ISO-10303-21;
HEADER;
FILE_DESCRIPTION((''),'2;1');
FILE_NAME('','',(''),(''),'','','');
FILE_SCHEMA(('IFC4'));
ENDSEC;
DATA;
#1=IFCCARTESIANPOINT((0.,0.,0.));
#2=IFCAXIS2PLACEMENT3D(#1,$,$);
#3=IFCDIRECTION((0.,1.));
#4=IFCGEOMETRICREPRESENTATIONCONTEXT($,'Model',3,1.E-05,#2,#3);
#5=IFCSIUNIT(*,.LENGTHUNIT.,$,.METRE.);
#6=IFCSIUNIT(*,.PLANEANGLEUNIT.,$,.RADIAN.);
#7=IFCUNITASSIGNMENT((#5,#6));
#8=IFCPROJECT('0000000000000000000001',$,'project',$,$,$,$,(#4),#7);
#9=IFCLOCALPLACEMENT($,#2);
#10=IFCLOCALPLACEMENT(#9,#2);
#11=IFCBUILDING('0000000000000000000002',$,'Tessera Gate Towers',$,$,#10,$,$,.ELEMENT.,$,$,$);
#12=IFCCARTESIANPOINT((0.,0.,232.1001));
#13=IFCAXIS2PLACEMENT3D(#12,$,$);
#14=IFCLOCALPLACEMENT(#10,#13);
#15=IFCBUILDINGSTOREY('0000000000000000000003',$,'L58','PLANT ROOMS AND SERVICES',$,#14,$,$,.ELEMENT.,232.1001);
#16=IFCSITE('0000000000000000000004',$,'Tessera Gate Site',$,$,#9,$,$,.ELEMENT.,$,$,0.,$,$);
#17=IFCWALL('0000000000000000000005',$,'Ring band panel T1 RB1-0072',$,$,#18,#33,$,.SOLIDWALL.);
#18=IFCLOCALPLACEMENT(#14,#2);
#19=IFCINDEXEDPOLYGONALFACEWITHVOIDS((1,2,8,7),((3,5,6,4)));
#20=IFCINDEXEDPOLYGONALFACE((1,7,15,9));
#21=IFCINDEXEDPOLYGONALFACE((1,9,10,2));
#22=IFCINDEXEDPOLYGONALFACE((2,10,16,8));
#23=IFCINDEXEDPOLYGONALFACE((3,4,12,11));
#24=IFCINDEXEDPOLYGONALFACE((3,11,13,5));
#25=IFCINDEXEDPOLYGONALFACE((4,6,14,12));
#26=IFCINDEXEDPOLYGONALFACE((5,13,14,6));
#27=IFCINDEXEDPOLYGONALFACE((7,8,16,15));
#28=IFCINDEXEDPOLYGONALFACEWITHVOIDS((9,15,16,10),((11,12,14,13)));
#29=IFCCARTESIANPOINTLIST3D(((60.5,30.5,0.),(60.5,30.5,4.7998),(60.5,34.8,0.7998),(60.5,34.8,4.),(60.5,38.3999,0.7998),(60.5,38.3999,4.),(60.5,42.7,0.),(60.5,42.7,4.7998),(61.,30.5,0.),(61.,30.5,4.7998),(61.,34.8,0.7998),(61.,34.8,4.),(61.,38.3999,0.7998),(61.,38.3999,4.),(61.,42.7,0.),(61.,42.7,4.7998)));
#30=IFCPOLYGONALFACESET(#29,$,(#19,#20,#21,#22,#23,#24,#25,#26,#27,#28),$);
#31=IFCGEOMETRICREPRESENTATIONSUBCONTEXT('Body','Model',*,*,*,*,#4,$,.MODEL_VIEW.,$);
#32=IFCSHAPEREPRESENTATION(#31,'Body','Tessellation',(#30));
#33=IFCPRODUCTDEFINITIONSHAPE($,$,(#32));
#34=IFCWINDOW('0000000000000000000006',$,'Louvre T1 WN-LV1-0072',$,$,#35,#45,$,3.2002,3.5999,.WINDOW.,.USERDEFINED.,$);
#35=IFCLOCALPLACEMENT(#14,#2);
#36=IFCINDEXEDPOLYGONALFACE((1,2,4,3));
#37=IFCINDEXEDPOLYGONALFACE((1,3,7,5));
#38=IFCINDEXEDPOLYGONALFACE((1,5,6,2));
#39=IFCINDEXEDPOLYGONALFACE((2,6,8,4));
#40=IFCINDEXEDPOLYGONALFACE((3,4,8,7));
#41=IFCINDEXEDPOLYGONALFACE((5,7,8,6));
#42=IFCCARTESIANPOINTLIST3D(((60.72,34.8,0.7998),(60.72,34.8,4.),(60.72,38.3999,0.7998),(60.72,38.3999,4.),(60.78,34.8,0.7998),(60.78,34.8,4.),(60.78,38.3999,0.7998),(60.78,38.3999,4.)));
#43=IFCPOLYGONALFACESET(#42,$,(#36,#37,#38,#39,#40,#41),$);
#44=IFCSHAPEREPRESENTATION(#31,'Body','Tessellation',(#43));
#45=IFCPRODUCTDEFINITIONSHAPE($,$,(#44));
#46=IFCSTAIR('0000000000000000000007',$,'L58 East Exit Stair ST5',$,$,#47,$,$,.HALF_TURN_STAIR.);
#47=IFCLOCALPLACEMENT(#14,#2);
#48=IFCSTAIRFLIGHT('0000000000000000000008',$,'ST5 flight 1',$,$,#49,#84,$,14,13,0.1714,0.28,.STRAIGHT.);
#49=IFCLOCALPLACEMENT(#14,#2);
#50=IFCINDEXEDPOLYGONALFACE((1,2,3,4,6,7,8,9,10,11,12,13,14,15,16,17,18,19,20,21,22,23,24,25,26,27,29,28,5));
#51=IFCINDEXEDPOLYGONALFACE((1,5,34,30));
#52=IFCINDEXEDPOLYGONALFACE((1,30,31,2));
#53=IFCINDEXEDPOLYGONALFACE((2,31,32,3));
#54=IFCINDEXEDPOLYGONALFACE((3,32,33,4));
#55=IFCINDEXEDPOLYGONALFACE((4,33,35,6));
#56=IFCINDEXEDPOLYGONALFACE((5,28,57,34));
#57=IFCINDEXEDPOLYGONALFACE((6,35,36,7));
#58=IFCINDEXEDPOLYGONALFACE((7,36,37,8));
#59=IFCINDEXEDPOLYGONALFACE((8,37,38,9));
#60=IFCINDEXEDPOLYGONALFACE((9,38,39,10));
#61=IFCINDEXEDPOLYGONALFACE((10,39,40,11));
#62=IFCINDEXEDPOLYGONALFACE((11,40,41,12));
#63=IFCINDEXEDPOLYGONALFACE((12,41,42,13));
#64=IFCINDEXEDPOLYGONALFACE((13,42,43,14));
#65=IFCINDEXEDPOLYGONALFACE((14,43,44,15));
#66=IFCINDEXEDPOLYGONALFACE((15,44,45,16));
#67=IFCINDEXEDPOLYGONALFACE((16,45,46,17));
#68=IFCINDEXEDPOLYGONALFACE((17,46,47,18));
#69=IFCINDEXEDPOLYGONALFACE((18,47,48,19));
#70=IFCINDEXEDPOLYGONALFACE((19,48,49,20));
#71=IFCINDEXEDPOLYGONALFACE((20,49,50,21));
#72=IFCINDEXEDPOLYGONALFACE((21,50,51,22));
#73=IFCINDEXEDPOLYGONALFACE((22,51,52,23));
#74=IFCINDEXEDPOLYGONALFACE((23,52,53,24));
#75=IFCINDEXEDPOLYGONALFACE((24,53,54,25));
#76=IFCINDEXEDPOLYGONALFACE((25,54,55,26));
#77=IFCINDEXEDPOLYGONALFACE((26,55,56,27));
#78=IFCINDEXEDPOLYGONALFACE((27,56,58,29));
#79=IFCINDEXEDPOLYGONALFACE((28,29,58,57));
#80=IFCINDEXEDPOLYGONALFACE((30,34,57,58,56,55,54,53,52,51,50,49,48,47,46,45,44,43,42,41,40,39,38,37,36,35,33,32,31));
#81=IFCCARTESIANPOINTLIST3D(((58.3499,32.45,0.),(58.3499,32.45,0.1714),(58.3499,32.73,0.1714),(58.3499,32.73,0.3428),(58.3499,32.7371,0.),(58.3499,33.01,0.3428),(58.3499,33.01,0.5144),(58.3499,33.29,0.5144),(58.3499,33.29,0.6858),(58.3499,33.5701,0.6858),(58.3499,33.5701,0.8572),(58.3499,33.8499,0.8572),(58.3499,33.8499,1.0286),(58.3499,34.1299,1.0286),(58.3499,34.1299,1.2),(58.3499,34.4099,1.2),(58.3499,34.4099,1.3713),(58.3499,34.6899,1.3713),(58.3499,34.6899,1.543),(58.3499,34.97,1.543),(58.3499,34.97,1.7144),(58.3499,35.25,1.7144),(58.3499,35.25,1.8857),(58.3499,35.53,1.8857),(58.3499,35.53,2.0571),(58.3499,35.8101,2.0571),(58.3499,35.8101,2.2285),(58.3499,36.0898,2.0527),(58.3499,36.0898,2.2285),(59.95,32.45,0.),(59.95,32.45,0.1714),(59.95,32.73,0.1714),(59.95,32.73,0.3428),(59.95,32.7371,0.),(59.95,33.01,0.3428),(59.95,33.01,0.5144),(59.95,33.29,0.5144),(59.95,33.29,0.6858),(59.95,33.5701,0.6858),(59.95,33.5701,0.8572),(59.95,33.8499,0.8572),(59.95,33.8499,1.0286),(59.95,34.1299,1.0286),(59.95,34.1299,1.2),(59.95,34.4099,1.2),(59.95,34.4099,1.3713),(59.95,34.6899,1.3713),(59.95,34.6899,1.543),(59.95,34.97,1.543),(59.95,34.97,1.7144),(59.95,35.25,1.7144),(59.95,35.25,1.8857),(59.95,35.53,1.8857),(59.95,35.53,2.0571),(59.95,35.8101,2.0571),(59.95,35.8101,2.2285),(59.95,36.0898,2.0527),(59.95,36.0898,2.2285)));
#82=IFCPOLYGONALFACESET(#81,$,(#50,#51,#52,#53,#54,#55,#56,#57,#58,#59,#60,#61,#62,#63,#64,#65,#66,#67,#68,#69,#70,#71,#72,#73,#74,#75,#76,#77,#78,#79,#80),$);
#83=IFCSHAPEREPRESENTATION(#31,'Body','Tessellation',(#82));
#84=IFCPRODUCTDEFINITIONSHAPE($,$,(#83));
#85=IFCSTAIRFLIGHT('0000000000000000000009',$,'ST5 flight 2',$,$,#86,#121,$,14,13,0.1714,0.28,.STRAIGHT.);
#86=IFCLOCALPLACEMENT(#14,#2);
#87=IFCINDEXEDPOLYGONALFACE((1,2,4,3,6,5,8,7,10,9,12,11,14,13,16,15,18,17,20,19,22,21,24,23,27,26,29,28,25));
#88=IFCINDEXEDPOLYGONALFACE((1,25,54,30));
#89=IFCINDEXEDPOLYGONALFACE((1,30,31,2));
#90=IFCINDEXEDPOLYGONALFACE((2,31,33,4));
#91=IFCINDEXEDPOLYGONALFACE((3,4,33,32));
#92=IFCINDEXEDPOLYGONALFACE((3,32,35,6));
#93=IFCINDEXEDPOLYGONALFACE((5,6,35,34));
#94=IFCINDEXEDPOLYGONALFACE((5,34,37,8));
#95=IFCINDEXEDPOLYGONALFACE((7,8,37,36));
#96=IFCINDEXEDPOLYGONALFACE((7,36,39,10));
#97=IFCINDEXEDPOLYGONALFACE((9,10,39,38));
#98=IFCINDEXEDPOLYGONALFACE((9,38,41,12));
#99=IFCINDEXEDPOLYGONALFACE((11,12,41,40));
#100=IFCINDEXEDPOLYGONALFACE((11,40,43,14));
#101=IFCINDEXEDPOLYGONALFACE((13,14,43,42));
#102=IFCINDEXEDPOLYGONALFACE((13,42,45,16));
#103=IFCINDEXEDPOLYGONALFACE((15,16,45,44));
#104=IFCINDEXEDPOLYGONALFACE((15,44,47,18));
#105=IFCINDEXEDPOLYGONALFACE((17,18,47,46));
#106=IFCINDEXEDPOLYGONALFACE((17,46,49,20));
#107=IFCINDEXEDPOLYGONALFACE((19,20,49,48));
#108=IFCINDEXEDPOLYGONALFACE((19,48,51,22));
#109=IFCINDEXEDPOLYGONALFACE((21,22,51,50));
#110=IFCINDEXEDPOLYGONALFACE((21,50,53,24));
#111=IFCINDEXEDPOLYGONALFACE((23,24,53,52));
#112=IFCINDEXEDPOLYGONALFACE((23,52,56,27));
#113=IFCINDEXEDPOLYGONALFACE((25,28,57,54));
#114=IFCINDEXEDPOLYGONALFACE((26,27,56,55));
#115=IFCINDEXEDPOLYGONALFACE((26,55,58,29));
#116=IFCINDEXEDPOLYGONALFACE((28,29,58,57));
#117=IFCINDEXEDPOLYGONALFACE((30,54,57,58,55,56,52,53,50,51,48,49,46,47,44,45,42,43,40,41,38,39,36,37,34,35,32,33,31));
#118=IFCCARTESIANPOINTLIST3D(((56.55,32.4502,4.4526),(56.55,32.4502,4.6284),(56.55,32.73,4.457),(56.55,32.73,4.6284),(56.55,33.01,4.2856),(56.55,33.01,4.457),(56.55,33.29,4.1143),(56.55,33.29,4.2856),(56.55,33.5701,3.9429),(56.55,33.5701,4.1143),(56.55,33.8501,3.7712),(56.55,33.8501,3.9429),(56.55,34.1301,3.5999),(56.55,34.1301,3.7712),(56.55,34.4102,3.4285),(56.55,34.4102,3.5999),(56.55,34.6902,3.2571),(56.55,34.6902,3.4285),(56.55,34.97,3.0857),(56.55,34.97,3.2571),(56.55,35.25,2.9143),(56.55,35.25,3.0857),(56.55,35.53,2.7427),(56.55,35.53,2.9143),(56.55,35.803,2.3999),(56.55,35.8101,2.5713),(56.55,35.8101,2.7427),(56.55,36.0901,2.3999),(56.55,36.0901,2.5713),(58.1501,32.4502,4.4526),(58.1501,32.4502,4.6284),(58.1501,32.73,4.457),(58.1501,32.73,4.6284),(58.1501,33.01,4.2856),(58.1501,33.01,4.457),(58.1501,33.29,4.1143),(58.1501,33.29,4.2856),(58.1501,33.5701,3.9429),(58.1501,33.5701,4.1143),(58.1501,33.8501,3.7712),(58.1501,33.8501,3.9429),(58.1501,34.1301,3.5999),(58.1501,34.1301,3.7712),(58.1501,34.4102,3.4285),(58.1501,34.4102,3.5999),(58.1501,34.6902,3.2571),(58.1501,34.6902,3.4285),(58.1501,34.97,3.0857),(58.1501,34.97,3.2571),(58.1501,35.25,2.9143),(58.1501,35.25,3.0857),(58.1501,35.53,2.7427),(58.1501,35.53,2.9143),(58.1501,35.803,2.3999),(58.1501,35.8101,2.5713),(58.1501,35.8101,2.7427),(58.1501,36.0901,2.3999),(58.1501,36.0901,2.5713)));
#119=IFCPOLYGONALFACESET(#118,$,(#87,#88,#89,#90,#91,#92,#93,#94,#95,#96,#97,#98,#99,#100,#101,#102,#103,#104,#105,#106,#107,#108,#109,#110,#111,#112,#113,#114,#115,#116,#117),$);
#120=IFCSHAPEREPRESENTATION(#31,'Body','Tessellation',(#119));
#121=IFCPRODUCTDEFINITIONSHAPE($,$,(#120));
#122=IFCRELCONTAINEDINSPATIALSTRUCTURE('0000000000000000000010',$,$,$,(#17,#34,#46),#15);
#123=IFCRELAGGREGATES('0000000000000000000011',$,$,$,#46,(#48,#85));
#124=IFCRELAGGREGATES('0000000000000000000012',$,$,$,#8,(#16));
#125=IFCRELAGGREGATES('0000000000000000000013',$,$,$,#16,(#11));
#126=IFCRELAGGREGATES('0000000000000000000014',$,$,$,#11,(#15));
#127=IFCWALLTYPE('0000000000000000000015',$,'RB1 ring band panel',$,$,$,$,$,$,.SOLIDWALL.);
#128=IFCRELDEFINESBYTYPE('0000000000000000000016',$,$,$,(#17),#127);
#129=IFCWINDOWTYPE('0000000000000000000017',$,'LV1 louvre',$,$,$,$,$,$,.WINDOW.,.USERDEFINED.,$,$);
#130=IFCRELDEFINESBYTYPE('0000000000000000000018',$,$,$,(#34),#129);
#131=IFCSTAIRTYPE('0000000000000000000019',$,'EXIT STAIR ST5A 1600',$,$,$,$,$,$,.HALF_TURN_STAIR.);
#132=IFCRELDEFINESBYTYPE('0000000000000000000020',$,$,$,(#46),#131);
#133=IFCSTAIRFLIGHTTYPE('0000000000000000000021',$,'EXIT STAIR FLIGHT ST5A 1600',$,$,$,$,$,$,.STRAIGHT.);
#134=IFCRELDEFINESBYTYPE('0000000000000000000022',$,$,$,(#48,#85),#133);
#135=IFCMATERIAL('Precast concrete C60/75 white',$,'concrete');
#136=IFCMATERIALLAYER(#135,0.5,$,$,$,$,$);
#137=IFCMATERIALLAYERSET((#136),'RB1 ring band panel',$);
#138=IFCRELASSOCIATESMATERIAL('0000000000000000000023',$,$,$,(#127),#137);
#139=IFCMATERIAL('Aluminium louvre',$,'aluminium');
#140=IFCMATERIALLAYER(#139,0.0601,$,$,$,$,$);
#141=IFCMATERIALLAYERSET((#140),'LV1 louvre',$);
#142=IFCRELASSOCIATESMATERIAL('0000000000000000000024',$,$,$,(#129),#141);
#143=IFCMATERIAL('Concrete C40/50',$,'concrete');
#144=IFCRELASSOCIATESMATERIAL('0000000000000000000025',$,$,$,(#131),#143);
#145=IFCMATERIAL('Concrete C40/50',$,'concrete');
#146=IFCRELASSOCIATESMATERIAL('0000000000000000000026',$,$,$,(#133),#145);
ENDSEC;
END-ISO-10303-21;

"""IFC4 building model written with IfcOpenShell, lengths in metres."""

from ifc_helpers import new_model, si_unit, direction, frame, origin, place, context, subcontext, project, spatial, polyline, outline, extrude, source, transform, mapped, material, layer, layer_set, type_object, element, fill, aggregate, save


model = new_model("IFC4")

# Units and contexts
model_context = context("Model", 3, precision=1e-05, world=origin(), true_north=direction((0.0, 1.0)))
body_context = subcontext(model_context, "Body", "Model", "MODEL_VIEW")
ifc_project = project(units=[si_unit("LENGTHUNIT", "METRE"), si_unit("PLANEANGLEUNIT", "RADIAN")], contexts=[model_context])

# Site, building, storey
site_placement = place(None, origin())
site = spatial("IfcSite", under=ifc_project, at=site_placement, Name="Tessera Gate Site", CompositionType="ELEMENT", RefElevation=0.0)
building_placement = place(site_placement, origin())
building = spatial("IfcBuilding", under=site, at=building_placement, Name="Tessera Gate Towers", CompositionType="ELEMENT")
storey_placement = place(building_placement, frame((0.0, 0.0, 232.1001)))
storey = spatial("IfcBuildingStorey", under=building, at=storey_placement, Name="L58", Description="PLANT ROOMS AND SERVICES", CompositionType="ELEMENT", Elevation=232.1001)

# Wall, opening, window
ifc_material_1 = material(Name="Precast concrete C60/75 white", Category="concrete")
ifc_layer_1 = layer(ifc_material_1, 0.5)
ifc_layer_set_1 = layer_set([ifc_layer_1], Name="RB1 ring band panel")
wall_type_1 = type_object("IfcWallType", Name="RB1 ring band panel", PredefinedType="SOLIDWALL", material=ifc_layer_set_1)
shared_shape_1 = source(origin(), body_context, "Body", "SweptSolid", [
    extrude(outline(polyline([(0.0, 0.0), (12.2, 0.0), (12.2, 4.7998), (0.0, 4.7998), (0.0, 0.0)])), frame((0.0, 0.25, 0.0), z_axis=(0.0, -1.0, 0.0), x_axis=(1.0, 0.0, 0.0)), (0.0, 0.0, 1.0), 0.5),
])
wall_1_placement = place(storey_placement, frame((60.75, 30.5, 0.0), z_axis=(0.0, 0.0, 1.0), x_axis=(0.0, 1.0, 0.0)))
wall_1 = element("IfcWall", 1, at=wall_1_placement, inside=storey, type_object=wall_type_1, Name="Ring band panel T1 RB1-0072", PredefinedType="SOLIDWALL", context=body_context, shape_type="MappedRepresentation", body=[
    mapped(shared_shape_1, transform((0.0, 0.0, 0.0), scale=1.0)),
])
shared_shape_2 = source(origin(), body_context, "Body", "SweptSolid", [
    extrude(outline(polyline([(4.3, 0.7998), (7.8999, 0.7998), (7.8999, 4.0), (4.3, 4.0), (4.3, 0.7998)])), frame((0.0, 0.26, 0.0), z_axis=(0.0, -1.0, 0.0), x_axis=(1.0, 0.0, 0.0)), (0.0, 0.0, 1.0), 0.52),
])
opening_1_placement = place(wall_1_placement, origin())
opening_1 = element("IfcOpeningElement", 2, at=opening_1_placement, cuts=wall_1, PredefinedType="OPENING", context=body_context, shape_type="MappedRepresentation", body=[
    mapped(shared_shape_2, transform((0.0, 0.0, 0.0), scale=1.0)),
])
ifc_material_2 = material(Name="Aluminium louvre", Category="aluminium")
ifc_layer_2 = layer(ifc_material_2, 0.0601)
ifc_layer_set_2 = layer_set([ifc_layer_2], Name="LV1 louvre")
window_type = type_object("IfcWindowType", Name="LV1 louvre", PartitioningType="USERDEFINED", PredefinedType="WINDOW", material=ifc_layer_set_2)
shared_shape_3 = source(origin(), body_context, "Body", "SweptSolid", [
    extrude(outline(polyline([(4.3, 0.7998), (7.8999, 0.7998), (7.8999, 4.0), (4.3, 4.0), (4.3, 0.7998)])), frame((0.0, 0.03, 0.0), z_axis=(0.0, -1.0, 0.0), x_axis=(1.0, 0.0, 0.0)), (0.0, 0.0, 1.0), 0.0601),
])
window_placement = place(opening_1_placement, origin())
window = element("IfcWindow", 3, at=window_placement, inside=storey, type_object=window_type, Name="Louvre T1 WN-LV1-0072", OverallHeight=3.2002, OverallWidth=3.5999, PartitioningType="USERDEFINED", PredefinedType="WINDOW", context=body_context, shape_type="MappedRepresentation", body=[
    mapped(shared_shape_3, transform((0.0, 0.0, 0.0), scale=1.0)),
])
fill(opening_1, window)

# Stair, stair flights
ifc_material_3 = material(Name="Concrete C40/50", Category="concrete")
stair_type = type_object("IfcStairType", Name="EXIT STAIR ST5A 1600", PredefinedType="HALF_TURN_STAIR", material=ifc_material_3)
stair_placement = place(storey_placement, origin())
stair = element("IfcStair", 4, at=stair_placement, inside=storey, type_object=stair_type, Name="L58 East Exit Stair ST5", PredefinedType="HALF_TURN_STAIR")
ifc_material_4 = material(Name="Concrete C40/50", Category="concrete")
stair_flight_type = type_object("IfcStairFlightType", Name="EXIT STAIR FLIGHT ST5A 1600", PredefinedType="STRAIGHT", material=ifc_material_4)
stair_flight_1_placement = place(storey_placement, frame((59.1499, 32.45, 0.0), z_axis=(0.0, 0.0, 1.0), x_axis=(0.0, 1.0, 0.0)))
stair_flight_1 = element("IfcStairFlight", 5, at=stair_flight_1_placement, type_object=stair_flight_type, Name="ST5 flight 1", NumberOfRisers=14, NumberOfTreads=13, PredefinedType="STRAIGHT", RiserHeight=0.1714, TreadLength=0.28, context=body_context, shape_type="SweptSolid", body=[
    extrude(outline(polyline([(0.0, 0.0), (0.0, 0.1714), (0.28, 0.1714), (0.28, 0.3428), (0.5601, 0.3428), (0.5601, 0.5144), (0.8401, 0.5144), (0.8401, 0.6858), (1.1201, 0.6858), (1.1201, 0.8572), (1.3999, 0.8572), (1.3999, 1.0286), (1.6799, 1.0286), (1.6799, 1.2), (1.96, 1.2), (1.96, 1.3713), (2.24, 1.3713), (2.24, 1.543), (2.52, 1.543), (2.52, 1.7144), (2.8, 1.7144), (2.8, 1.8857), (3.0801, 1.8857), (3.0801, 2.0571), (3.3601, 2.0571), (3.3601, 2.2285), (3.6399, 2.2285), (3.6399, 2.3999), (3.6399, 2.0527), (0.2871, 0.0), (0.0, 0.0)])), frame((0.0, 0.8, 0.0), z_axis=(0.0, -1.0, 0.0), x_axis=(1.0, 0.0, 0.0)), (0.0, 0.0, 1.0), 1.6001),
])
stair_flight_2_placement = place(storey_placement, frame((57.3501, 36.0901, 2.3999), z_axis=(0.0, 0.0, 1.0), x_axis=(0.0, -1.0, 0.0)))
stair_flight_2 = element("IfcStairFlight", 6, at=stair_flight_2_placement, type_object=stair_flight_type, Name="ST5 flight 2", NumberOfRisers=14, NumberOfTreads=13, PredefinedType="STRAIGHT", RiserHeight=0.1714, TreadLength=0.28, context=body_context, shape_type="SweptSolid", body=[
    extrude(outline(polyline([(0.0, 0.0), (0.0, 0.1714), (0.28, 0.1714), (0.28, 0.3428), (0.5601, 0.3428), (0.5601, 0.5144), (0.8401, 0.5144), (0.8401, 0.6858), (1.1201, 0.6858), (1.1201, 0.8572), (1.3999, 0.8572), (1.3999, 1.0286), (1.6799, 1.0286), (1.6799, 1.2), (1.96, 1.2), (1.96, 1.3713), (2.24, 1.3713), (2.24, 1.543), (2.52, 1.543), (2.52, 1.7144), (2.8, 1.7144), (2.8, 1.8857), (3.0801, 1.8857), (3.0801, 2.0571), (3.3601, 2.0571), (3.3601, 2.2285), (3.6399, 2.2285), (3.6399, 2.3999), (3.6399, 2.0527), (0.2871, 0.0), (0.0, 0.0)])), frame((0.0, 0.8, 0.0), z_axis=(0.0, -1.0, 0.0), x_axis=(1.0, 0.0, 0.0)), (0.0, 0.0, 1.0), 1.6001),
])
aggregate(stair, [stair_flight_1, stair_flight_2])

save(model, "model.ifc")
